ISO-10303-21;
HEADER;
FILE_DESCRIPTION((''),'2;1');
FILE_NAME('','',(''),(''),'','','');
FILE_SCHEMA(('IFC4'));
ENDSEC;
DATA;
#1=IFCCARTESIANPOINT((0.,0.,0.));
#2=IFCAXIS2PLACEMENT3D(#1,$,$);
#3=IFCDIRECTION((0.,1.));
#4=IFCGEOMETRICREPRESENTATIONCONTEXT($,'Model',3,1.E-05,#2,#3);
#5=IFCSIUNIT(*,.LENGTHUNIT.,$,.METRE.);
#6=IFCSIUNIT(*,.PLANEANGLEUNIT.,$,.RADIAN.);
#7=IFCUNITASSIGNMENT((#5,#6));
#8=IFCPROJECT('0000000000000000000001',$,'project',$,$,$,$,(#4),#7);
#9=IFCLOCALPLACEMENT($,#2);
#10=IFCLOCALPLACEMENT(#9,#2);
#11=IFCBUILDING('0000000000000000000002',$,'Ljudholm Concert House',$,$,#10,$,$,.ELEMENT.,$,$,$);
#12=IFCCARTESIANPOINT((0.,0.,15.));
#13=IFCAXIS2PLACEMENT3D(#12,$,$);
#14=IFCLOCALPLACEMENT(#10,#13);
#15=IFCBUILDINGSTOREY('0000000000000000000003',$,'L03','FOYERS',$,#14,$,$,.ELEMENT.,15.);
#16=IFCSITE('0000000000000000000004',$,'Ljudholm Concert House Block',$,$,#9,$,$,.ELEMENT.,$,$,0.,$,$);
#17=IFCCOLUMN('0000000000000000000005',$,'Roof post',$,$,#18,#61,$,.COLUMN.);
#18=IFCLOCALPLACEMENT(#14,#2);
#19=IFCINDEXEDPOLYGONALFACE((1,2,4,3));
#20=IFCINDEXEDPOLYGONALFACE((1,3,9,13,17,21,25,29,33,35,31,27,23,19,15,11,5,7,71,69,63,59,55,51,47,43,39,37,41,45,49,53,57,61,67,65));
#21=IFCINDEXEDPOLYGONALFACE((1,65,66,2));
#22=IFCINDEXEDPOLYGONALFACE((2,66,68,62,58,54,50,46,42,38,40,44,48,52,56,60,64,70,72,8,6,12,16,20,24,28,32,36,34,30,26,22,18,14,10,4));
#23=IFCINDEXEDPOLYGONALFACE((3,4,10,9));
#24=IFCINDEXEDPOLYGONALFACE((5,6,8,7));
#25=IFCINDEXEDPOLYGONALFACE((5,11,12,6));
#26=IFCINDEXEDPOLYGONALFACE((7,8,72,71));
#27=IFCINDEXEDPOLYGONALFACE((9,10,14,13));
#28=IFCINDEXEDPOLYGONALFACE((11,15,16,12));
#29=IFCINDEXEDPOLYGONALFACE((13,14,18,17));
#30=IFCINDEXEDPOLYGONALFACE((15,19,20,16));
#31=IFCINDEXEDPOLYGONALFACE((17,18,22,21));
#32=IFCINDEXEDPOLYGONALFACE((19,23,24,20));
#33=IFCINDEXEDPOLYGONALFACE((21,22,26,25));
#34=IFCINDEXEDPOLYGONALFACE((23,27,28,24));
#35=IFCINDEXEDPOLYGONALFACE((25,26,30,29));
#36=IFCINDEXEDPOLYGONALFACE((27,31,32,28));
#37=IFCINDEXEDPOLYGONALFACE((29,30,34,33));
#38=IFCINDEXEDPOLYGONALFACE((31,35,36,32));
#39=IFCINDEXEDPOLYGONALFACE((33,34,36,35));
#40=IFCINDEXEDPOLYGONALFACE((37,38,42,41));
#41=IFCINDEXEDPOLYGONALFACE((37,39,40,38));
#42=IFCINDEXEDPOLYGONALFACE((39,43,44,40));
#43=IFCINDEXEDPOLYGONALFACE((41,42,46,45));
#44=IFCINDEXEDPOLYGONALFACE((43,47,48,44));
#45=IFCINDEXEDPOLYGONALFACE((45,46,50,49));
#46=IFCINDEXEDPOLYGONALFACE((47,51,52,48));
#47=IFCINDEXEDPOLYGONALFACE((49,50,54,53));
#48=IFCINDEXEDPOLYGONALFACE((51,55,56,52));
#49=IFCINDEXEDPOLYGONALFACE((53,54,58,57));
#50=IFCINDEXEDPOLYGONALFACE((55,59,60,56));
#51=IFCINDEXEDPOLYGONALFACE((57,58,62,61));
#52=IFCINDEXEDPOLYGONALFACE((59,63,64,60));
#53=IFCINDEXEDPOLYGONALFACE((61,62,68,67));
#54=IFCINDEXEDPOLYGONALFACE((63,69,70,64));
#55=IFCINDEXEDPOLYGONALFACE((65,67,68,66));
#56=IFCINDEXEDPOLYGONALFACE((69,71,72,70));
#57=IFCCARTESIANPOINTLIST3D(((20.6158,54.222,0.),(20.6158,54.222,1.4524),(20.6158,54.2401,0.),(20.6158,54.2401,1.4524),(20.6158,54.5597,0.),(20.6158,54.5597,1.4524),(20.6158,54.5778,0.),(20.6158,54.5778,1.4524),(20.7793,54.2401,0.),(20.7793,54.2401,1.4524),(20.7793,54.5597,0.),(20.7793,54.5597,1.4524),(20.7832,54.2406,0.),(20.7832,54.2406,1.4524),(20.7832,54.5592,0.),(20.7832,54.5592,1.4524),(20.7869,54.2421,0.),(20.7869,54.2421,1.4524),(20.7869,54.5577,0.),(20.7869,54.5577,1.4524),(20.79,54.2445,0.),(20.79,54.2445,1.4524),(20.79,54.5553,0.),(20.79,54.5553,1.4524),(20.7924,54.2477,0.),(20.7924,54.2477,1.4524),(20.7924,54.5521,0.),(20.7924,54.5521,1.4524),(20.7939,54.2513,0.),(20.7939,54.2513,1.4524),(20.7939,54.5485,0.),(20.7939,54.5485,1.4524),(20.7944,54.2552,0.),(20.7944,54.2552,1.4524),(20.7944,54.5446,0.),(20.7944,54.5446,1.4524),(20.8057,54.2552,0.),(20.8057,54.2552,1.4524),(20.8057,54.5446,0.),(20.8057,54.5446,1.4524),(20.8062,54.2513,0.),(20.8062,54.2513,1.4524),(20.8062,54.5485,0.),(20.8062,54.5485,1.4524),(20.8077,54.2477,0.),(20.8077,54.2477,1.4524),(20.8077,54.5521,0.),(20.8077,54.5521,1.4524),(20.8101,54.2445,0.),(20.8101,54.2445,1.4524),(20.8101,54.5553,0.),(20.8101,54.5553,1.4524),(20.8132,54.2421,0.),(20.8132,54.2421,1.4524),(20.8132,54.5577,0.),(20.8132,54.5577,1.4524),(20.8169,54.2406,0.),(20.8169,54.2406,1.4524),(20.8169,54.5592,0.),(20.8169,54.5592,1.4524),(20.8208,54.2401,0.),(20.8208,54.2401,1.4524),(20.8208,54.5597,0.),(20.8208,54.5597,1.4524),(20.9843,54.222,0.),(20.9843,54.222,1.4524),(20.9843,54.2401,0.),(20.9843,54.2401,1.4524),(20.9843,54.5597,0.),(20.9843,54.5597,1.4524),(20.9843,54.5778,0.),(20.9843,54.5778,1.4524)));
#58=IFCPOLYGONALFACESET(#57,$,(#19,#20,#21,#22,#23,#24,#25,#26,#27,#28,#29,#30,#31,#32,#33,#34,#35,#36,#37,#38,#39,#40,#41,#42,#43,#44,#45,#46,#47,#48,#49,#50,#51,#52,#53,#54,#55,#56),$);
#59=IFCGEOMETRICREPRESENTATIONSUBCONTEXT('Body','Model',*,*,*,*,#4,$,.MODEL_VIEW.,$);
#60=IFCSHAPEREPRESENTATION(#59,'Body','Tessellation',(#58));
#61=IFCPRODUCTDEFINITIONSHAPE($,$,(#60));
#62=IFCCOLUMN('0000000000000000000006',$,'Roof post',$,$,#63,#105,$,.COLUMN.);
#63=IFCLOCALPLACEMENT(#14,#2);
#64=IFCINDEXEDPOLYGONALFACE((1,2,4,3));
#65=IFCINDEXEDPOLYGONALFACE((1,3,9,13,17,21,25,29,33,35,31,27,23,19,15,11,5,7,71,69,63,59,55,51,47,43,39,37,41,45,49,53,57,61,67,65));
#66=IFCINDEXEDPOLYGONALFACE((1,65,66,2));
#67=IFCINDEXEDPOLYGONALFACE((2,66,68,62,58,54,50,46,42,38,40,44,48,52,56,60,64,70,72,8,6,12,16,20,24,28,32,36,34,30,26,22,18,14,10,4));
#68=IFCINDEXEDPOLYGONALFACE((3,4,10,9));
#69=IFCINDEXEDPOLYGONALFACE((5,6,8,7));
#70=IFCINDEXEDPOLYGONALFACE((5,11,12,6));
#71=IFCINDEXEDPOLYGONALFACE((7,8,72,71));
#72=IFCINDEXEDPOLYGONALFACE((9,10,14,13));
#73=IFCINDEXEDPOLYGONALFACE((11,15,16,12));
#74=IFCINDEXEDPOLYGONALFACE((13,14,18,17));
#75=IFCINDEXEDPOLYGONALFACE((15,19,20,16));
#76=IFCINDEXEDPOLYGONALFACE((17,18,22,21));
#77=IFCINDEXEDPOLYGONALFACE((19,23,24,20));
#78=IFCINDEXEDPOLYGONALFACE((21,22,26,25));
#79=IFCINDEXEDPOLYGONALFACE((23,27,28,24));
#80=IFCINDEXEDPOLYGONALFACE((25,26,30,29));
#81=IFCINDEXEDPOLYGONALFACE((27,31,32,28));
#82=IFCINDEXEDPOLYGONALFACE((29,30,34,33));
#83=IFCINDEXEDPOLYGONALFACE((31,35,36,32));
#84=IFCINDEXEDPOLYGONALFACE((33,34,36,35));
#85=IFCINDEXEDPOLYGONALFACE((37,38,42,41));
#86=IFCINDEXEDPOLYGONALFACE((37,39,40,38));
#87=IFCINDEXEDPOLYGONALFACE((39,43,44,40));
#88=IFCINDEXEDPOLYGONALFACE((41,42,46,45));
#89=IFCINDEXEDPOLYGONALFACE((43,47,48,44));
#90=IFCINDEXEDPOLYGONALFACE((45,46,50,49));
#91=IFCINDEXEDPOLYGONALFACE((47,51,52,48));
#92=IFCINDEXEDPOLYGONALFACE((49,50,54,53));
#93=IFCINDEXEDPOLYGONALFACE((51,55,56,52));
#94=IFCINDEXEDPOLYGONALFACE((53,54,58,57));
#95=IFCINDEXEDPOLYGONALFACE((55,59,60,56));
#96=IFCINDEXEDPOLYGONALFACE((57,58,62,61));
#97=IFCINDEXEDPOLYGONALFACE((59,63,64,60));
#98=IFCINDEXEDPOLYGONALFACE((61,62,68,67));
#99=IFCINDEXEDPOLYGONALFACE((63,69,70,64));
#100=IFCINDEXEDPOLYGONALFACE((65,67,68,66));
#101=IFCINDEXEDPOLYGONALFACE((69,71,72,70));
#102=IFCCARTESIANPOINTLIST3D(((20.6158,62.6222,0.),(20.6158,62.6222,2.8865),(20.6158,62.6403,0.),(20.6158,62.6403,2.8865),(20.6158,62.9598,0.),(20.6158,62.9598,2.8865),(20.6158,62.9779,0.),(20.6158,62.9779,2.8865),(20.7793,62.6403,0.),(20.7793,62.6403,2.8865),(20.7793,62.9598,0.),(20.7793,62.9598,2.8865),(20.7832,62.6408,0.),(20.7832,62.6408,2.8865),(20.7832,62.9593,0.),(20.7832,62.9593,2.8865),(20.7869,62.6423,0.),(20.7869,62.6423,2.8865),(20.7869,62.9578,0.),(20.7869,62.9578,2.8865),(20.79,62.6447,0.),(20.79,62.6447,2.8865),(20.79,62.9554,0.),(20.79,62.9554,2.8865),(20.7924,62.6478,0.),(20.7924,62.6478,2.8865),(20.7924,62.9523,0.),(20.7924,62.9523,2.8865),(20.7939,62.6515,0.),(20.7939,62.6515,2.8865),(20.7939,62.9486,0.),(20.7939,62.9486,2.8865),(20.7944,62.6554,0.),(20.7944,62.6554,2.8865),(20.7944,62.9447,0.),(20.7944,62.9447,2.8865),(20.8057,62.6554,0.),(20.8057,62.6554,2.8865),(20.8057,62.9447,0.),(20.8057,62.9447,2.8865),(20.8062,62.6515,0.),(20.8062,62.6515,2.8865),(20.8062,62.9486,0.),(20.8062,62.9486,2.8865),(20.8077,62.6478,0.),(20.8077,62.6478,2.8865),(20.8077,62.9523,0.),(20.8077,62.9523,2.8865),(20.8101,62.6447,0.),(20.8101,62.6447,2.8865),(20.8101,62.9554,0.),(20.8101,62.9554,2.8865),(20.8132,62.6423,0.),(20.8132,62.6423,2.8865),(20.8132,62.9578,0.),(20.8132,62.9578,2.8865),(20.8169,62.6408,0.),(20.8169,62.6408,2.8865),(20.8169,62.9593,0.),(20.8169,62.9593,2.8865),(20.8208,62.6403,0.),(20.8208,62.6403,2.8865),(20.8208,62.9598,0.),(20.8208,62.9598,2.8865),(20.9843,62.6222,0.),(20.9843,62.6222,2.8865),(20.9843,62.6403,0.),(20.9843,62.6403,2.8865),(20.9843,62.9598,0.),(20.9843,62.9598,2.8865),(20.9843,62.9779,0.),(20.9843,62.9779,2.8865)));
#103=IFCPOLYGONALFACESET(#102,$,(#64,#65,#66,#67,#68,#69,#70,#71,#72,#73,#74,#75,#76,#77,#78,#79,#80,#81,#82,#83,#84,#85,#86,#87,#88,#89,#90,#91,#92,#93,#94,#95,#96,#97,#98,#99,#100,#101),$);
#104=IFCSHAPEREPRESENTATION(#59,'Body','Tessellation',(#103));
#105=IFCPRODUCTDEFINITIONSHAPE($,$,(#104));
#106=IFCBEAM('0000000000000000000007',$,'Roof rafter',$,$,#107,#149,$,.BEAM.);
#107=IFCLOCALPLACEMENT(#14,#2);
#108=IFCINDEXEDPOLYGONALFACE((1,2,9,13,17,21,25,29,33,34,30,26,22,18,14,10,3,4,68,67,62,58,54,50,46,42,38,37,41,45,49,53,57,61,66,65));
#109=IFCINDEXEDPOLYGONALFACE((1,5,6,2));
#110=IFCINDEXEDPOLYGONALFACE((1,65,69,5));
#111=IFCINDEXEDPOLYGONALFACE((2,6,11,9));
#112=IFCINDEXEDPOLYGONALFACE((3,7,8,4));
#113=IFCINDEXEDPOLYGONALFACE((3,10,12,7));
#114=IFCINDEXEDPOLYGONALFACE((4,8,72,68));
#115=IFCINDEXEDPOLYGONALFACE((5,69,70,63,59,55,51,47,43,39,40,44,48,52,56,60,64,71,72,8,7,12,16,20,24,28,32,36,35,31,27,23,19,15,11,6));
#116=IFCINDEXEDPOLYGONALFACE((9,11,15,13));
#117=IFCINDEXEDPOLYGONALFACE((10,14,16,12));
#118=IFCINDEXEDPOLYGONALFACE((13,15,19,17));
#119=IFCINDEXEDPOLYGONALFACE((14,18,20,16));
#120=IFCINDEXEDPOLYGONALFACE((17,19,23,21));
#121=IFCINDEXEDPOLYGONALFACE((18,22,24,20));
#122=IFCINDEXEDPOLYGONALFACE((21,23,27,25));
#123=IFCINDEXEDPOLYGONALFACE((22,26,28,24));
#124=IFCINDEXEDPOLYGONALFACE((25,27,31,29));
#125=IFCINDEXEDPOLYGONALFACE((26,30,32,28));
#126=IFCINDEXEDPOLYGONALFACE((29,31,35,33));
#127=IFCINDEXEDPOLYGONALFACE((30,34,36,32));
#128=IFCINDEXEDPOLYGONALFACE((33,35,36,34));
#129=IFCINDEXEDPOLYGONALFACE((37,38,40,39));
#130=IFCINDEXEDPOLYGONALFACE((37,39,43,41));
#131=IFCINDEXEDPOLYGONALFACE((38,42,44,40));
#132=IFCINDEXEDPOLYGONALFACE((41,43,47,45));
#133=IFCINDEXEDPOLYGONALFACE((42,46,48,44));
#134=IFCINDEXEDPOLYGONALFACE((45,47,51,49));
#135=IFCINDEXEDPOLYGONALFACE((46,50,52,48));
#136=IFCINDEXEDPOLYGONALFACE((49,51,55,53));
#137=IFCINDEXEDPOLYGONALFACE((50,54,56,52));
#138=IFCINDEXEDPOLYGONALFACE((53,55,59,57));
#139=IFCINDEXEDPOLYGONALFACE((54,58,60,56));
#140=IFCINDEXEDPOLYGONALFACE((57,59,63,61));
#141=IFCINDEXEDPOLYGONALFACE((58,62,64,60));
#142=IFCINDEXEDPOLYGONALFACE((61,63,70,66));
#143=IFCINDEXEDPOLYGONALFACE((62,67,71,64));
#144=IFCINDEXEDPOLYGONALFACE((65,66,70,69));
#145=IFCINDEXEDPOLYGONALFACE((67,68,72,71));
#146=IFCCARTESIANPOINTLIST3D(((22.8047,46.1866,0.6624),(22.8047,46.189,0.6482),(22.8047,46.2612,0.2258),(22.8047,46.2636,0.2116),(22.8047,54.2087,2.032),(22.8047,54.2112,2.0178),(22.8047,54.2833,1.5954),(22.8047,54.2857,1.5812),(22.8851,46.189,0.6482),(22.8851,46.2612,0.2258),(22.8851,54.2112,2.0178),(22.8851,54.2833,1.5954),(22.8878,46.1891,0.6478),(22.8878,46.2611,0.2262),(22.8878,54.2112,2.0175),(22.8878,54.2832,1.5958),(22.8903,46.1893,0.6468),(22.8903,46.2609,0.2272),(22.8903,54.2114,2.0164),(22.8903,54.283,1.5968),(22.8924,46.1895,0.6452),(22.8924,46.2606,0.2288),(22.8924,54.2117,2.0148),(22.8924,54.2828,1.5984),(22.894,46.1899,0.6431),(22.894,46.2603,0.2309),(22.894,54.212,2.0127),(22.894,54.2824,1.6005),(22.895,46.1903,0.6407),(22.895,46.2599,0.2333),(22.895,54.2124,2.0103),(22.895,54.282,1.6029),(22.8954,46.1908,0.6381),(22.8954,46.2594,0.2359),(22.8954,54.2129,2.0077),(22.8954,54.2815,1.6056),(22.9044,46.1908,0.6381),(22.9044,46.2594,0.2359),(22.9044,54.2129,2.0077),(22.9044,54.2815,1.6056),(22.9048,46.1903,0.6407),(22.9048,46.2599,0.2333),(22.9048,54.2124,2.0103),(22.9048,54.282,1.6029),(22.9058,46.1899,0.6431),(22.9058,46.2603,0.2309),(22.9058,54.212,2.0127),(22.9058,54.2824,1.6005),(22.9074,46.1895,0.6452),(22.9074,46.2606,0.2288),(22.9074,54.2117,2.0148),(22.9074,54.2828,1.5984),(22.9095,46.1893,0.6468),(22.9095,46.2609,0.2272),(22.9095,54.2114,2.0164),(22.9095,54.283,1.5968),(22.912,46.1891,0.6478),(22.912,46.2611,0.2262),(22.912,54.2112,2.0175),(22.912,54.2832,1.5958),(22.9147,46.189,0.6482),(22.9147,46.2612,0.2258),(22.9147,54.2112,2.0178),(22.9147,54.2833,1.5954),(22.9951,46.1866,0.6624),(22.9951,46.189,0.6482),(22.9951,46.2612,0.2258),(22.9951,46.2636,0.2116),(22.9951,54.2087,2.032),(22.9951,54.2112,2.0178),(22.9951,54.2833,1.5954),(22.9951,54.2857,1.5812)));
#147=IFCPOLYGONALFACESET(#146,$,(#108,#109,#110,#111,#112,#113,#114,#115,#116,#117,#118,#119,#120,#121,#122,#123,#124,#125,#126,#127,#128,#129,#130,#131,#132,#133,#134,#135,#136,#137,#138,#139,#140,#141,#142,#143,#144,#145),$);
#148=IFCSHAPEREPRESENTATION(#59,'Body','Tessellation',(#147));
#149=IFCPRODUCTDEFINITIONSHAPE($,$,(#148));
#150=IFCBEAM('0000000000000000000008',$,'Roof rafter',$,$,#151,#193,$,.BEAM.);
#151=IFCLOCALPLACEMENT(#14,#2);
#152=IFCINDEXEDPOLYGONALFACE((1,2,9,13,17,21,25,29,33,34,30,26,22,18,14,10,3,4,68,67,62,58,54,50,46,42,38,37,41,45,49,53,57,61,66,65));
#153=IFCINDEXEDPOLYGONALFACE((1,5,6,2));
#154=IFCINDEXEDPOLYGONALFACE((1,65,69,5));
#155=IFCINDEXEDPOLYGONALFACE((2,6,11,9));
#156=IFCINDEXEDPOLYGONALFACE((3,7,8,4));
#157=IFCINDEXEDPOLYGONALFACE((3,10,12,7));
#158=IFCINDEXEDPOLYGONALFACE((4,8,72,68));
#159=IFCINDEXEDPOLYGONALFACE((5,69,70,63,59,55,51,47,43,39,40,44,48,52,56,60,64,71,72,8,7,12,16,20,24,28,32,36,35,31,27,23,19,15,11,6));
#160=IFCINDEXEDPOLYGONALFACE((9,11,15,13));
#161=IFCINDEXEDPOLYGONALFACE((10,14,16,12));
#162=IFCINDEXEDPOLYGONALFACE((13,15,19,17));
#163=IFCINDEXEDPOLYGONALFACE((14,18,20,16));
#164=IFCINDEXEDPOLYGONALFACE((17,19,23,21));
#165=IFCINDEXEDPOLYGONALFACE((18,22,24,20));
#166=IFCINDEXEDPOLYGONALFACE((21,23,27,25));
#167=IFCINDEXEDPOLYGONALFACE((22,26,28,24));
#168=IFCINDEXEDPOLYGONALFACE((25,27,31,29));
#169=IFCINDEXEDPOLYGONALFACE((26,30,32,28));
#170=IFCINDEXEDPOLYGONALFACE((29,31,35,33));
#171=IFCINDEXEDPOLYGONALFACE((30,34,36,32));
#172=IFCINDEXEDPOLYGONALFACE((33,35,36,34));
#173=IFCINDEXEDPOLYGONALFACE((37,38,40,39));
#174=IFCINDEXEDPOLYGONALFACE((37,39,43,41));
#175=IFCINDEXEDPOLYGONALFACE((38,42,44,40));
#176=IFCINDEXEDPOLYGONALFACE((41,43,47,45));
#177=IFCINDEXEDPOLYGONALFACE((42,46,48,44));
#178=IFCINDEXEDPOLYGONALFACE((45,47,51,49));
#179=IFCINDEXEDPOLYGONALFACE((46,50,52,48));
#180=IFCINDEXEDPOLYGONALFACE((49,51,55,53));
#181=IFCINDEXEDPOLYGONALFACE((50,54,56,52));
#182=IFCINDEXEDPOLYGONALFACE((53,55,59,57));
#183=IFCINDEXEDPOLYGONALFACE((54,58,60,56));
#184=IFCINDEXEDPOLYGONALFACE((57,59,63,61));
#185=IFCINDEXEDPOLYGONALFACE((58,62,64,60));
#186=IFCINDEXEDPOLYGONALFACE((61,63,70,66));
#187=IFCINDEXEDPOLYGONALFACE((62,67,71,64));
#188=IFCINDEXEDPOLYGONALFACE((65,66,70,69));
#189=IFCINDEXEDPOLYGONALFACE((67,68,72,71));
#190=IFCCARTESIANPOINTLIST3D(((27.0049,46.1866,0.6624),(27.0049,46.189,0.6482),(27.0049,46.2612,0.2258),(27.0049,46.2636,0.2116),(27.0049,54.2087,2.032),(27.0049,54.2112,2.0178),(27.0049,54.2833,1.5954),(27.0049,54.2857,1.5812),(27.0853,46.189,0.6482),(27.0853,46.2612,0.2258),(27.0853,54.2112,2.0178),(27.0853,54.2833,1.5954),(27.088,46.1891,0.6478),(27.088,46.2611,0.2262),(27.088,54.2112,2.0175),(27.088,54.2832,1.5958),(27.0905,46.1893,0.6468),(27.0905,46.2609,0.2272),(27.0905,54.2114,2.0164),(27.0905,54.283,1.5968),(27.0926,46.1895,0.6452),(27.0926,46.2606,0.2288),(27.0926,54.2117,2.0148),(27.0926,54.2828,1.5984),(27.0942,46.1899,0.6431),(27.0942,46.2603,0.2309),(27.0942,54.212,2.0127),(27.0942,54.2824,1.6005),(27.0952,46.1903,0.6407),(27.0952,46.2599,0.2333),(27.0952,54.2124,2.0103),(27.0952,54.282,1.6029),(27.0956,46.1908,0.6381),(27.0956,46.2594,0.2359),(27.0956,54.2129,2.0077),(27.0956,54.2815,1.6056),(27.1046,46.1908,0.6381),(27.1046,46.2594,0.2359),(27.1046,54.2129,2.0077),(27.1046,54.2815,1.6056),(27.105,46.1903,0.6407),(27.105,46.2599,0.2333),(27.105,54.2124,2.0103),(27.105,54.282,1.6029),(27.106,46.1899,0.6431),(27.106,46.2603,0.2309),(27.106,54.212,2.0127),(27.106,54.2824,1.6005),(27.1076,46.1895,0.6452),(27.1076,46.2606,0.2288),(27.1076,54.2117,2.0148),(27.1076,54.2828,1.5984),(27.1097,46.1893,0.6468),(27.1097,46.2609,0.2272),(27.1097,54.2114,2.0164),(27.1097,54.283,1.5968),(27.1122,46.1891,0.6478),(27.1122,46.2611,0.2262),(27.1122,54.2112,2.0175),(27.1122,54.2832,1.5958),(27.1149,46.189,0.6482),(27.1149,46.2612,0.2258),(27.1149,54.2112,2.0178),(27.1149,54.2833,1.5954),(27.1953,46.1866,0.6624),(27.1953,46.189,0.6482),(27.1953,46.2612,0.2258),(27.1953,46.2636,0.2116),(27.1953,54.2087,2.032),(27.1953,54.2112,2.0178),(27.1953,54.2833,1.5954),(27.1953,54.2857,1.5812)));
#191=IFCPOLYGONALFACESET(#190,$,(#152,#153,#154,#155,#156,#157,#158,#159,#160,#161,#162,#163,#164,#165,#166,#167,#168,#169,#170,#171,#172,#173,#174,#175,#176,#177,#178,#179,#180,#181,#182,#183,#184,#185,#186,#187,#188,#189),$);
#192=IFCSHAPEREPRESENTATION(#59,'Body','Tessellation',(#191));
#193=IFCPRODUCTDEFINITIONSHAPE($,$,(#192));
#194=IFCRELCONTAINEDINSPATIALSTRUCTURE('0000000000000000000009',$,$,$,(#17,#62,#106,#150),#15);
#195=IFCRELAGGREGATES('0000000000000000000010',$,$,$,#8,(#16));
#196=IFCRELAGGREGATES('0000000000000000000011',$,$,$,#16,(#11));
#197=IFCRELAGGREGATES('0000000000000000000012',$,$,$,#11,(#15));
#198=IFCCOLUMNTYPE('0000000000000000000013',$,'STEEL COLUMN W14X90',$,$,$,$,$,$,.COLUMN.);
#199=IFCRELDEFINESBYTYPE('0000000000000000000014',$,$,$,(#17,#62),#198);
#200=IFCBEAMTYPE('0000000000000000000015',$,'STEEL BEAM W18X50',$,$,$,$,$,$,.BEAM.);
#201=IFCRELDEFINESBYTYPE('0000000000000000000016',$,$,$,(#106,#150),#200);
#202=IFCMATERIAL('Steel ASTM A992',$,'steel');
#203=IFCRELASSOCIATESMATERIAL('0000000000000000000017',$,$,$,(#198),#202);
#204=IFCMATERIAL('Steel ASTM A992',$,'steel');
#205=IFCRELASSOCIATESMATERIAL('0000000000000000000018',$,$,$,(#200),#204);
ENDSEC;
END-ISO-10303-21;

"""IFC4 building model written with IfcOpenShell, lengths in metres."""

from ifc_helpers import new_model, si_unit, direction, frame, origin, origin_2d, place, context, subcontext, project, spatial, i_section, extrude, material, material_profile, profile_set, type_object, element, save


model = new_model("IFC4")

# Units and contexts
model_context = context("Model", 3, precision=1e-05, world=origin(), true_north=direction((0.0, 1.0)))
body_context = subcontext(model_context, "Body", "Model", "MODEL_VIEW")
ifc_project = project(units=[si_unit("LENGTHUNIT", "METRE"), si_unit("PLANEANGLEUNIT", "RADIAN")], contexts=[model_context])

# Site, building, storey
site_placement = place(None, origin())
site = spatial("IfcSite", under=ifc_project, at=site_placement, Name="Ljudholm Concert House Block", CompositionType="ELEMENT", RefElevation=0.0)
building_placement = place(site_placement, origin())
building = spatial("IfcBuilding", under=site, at=building_placement, Name="Ljudholm Concert House", CompositionType="ELEMENT")
storey_placement = place(building_placement, frame((0.0, 0.0, 15.0)))
storey = spatial("IfcBuildingStorey", under=building, at=storey_placement, Name="L03", Description="FOYERS", CompositionType="ELEMENT", Elevation=15.0)

# Columns
ifc_material_1 = material(Name="Steel ASTM A992", Category="steel")
ifc_material_profile_1 = material_profile(ifc_material_1, i_section(OverallWidth=0.3684, OverallDepth=0.3557, WebThickness=0.0112, FlangeThickness=0.0181, FilletRadius=0.0151, at=origin_2d()), Name="W14X90")
ifc_profile_set_1 = profile_set([ifc_material_profile_1], Name="Steel ASTM A992")
column_type = type_object("IfcColumnType", Name="STEEL COLUMN W14X90", PredefinedType="COLUMN", material=ifc_profile_set_1)
column_1_placement = place(storey_placement, frame((20.8, 54.3999, 0.0), z_axis=(0.0, 0.0, 1.0), x_axis=(1.0, 0.0, 0.0)))
element("IfcColumn", 1, at=column_1_placement, inside=storey, type_object=column_type, Name="Roof post", PredefinedType="COLUMN", context=body_context, shape_type="SweptSolid", body=[
    extrude(i_section(OverallWidth=0.3684, OverallDepth=0.3557, WebThickness=0.0112, FlangeThickness=0.0181, FilletRadius=0.0151, at=origin_2d()), origin(), (0.0, 0.0, 1.0), 1.4524),
])
column_2_placement = place(storey_placement, frame((20.8, 62.8, 0.0), z_axis=(0.0, 0.0, 1.0), x_axis=(1.0, 0.0, 0.0)))
element("IfcColumn", 2, at=column_2_placement, inside=storey, type_object=column_type, Name="Roof post", PredefinedType="COLUMN", context=body_context, shape_type="SweptSolid", body=[
    extrude(i_section(OverallWidth=0.3684, OverallDepth=0.3557, WebThickness=0.0112, FlangeThickness=0.0181, FilletRadius=0.0151, at=origin_2d()), origin(), (0.0, 0.0, 1.0), 2.8865),
])

# Beams
ifc_material_2 = material(Name="Steel ASTM A992", Category="steel")
ifc_material_profile_2 = material_profile(ifc_material_2, i_section(OverallWidth=0.1904, OverallDepth=0.4573, WebThickness=0.009, FlangeThickness=0.0144, FilletRadius=0.0103, at=origin_2d()), Name="W18X50")
ifc_profile_set_2 = profile_set([ifc_material_profile_2], Name="Steel ASTM A992")
beam_type_1 = type_object("IfcBeamType", Name="STEEL BEAM W18X50", PredefinedType="BEAM", material=ifc_profile_set_2)
for number, where, z_axis, x_axis, name in (
    (3, (22.8999, 46.2251, 0.437), (0.0, 0.985737, 0.168294), (-1.0, 0.0, 0.0), "Roof rafter"),
    (4, (27.1001, 46.2251, 0.437), (0.0, 0.985737, 0.168294), (-1.0, 0.0, 0.0), "Roof rafter"),
):
    element("IfcBeam", number, at=place(storey_placement, frame(where, z_axis=z_axis, x_axis=x_axis)), inside=storey, type_object=beam_type_1, Name=name, PredefinedType="BEAM", context=body_context, shape_type="SweptSolid", body=[
        extrude(i_section(OverallWidth=0.1904, OverallDepth=0.4573, WebThickness=0.009, FlangeThickness=0.0144, FilletRadius=0.0103, at=origin_2d()), origin(), (0.0, 0.0, 1.0), 8.1382),
    ])

save(model, "model.ifc")
